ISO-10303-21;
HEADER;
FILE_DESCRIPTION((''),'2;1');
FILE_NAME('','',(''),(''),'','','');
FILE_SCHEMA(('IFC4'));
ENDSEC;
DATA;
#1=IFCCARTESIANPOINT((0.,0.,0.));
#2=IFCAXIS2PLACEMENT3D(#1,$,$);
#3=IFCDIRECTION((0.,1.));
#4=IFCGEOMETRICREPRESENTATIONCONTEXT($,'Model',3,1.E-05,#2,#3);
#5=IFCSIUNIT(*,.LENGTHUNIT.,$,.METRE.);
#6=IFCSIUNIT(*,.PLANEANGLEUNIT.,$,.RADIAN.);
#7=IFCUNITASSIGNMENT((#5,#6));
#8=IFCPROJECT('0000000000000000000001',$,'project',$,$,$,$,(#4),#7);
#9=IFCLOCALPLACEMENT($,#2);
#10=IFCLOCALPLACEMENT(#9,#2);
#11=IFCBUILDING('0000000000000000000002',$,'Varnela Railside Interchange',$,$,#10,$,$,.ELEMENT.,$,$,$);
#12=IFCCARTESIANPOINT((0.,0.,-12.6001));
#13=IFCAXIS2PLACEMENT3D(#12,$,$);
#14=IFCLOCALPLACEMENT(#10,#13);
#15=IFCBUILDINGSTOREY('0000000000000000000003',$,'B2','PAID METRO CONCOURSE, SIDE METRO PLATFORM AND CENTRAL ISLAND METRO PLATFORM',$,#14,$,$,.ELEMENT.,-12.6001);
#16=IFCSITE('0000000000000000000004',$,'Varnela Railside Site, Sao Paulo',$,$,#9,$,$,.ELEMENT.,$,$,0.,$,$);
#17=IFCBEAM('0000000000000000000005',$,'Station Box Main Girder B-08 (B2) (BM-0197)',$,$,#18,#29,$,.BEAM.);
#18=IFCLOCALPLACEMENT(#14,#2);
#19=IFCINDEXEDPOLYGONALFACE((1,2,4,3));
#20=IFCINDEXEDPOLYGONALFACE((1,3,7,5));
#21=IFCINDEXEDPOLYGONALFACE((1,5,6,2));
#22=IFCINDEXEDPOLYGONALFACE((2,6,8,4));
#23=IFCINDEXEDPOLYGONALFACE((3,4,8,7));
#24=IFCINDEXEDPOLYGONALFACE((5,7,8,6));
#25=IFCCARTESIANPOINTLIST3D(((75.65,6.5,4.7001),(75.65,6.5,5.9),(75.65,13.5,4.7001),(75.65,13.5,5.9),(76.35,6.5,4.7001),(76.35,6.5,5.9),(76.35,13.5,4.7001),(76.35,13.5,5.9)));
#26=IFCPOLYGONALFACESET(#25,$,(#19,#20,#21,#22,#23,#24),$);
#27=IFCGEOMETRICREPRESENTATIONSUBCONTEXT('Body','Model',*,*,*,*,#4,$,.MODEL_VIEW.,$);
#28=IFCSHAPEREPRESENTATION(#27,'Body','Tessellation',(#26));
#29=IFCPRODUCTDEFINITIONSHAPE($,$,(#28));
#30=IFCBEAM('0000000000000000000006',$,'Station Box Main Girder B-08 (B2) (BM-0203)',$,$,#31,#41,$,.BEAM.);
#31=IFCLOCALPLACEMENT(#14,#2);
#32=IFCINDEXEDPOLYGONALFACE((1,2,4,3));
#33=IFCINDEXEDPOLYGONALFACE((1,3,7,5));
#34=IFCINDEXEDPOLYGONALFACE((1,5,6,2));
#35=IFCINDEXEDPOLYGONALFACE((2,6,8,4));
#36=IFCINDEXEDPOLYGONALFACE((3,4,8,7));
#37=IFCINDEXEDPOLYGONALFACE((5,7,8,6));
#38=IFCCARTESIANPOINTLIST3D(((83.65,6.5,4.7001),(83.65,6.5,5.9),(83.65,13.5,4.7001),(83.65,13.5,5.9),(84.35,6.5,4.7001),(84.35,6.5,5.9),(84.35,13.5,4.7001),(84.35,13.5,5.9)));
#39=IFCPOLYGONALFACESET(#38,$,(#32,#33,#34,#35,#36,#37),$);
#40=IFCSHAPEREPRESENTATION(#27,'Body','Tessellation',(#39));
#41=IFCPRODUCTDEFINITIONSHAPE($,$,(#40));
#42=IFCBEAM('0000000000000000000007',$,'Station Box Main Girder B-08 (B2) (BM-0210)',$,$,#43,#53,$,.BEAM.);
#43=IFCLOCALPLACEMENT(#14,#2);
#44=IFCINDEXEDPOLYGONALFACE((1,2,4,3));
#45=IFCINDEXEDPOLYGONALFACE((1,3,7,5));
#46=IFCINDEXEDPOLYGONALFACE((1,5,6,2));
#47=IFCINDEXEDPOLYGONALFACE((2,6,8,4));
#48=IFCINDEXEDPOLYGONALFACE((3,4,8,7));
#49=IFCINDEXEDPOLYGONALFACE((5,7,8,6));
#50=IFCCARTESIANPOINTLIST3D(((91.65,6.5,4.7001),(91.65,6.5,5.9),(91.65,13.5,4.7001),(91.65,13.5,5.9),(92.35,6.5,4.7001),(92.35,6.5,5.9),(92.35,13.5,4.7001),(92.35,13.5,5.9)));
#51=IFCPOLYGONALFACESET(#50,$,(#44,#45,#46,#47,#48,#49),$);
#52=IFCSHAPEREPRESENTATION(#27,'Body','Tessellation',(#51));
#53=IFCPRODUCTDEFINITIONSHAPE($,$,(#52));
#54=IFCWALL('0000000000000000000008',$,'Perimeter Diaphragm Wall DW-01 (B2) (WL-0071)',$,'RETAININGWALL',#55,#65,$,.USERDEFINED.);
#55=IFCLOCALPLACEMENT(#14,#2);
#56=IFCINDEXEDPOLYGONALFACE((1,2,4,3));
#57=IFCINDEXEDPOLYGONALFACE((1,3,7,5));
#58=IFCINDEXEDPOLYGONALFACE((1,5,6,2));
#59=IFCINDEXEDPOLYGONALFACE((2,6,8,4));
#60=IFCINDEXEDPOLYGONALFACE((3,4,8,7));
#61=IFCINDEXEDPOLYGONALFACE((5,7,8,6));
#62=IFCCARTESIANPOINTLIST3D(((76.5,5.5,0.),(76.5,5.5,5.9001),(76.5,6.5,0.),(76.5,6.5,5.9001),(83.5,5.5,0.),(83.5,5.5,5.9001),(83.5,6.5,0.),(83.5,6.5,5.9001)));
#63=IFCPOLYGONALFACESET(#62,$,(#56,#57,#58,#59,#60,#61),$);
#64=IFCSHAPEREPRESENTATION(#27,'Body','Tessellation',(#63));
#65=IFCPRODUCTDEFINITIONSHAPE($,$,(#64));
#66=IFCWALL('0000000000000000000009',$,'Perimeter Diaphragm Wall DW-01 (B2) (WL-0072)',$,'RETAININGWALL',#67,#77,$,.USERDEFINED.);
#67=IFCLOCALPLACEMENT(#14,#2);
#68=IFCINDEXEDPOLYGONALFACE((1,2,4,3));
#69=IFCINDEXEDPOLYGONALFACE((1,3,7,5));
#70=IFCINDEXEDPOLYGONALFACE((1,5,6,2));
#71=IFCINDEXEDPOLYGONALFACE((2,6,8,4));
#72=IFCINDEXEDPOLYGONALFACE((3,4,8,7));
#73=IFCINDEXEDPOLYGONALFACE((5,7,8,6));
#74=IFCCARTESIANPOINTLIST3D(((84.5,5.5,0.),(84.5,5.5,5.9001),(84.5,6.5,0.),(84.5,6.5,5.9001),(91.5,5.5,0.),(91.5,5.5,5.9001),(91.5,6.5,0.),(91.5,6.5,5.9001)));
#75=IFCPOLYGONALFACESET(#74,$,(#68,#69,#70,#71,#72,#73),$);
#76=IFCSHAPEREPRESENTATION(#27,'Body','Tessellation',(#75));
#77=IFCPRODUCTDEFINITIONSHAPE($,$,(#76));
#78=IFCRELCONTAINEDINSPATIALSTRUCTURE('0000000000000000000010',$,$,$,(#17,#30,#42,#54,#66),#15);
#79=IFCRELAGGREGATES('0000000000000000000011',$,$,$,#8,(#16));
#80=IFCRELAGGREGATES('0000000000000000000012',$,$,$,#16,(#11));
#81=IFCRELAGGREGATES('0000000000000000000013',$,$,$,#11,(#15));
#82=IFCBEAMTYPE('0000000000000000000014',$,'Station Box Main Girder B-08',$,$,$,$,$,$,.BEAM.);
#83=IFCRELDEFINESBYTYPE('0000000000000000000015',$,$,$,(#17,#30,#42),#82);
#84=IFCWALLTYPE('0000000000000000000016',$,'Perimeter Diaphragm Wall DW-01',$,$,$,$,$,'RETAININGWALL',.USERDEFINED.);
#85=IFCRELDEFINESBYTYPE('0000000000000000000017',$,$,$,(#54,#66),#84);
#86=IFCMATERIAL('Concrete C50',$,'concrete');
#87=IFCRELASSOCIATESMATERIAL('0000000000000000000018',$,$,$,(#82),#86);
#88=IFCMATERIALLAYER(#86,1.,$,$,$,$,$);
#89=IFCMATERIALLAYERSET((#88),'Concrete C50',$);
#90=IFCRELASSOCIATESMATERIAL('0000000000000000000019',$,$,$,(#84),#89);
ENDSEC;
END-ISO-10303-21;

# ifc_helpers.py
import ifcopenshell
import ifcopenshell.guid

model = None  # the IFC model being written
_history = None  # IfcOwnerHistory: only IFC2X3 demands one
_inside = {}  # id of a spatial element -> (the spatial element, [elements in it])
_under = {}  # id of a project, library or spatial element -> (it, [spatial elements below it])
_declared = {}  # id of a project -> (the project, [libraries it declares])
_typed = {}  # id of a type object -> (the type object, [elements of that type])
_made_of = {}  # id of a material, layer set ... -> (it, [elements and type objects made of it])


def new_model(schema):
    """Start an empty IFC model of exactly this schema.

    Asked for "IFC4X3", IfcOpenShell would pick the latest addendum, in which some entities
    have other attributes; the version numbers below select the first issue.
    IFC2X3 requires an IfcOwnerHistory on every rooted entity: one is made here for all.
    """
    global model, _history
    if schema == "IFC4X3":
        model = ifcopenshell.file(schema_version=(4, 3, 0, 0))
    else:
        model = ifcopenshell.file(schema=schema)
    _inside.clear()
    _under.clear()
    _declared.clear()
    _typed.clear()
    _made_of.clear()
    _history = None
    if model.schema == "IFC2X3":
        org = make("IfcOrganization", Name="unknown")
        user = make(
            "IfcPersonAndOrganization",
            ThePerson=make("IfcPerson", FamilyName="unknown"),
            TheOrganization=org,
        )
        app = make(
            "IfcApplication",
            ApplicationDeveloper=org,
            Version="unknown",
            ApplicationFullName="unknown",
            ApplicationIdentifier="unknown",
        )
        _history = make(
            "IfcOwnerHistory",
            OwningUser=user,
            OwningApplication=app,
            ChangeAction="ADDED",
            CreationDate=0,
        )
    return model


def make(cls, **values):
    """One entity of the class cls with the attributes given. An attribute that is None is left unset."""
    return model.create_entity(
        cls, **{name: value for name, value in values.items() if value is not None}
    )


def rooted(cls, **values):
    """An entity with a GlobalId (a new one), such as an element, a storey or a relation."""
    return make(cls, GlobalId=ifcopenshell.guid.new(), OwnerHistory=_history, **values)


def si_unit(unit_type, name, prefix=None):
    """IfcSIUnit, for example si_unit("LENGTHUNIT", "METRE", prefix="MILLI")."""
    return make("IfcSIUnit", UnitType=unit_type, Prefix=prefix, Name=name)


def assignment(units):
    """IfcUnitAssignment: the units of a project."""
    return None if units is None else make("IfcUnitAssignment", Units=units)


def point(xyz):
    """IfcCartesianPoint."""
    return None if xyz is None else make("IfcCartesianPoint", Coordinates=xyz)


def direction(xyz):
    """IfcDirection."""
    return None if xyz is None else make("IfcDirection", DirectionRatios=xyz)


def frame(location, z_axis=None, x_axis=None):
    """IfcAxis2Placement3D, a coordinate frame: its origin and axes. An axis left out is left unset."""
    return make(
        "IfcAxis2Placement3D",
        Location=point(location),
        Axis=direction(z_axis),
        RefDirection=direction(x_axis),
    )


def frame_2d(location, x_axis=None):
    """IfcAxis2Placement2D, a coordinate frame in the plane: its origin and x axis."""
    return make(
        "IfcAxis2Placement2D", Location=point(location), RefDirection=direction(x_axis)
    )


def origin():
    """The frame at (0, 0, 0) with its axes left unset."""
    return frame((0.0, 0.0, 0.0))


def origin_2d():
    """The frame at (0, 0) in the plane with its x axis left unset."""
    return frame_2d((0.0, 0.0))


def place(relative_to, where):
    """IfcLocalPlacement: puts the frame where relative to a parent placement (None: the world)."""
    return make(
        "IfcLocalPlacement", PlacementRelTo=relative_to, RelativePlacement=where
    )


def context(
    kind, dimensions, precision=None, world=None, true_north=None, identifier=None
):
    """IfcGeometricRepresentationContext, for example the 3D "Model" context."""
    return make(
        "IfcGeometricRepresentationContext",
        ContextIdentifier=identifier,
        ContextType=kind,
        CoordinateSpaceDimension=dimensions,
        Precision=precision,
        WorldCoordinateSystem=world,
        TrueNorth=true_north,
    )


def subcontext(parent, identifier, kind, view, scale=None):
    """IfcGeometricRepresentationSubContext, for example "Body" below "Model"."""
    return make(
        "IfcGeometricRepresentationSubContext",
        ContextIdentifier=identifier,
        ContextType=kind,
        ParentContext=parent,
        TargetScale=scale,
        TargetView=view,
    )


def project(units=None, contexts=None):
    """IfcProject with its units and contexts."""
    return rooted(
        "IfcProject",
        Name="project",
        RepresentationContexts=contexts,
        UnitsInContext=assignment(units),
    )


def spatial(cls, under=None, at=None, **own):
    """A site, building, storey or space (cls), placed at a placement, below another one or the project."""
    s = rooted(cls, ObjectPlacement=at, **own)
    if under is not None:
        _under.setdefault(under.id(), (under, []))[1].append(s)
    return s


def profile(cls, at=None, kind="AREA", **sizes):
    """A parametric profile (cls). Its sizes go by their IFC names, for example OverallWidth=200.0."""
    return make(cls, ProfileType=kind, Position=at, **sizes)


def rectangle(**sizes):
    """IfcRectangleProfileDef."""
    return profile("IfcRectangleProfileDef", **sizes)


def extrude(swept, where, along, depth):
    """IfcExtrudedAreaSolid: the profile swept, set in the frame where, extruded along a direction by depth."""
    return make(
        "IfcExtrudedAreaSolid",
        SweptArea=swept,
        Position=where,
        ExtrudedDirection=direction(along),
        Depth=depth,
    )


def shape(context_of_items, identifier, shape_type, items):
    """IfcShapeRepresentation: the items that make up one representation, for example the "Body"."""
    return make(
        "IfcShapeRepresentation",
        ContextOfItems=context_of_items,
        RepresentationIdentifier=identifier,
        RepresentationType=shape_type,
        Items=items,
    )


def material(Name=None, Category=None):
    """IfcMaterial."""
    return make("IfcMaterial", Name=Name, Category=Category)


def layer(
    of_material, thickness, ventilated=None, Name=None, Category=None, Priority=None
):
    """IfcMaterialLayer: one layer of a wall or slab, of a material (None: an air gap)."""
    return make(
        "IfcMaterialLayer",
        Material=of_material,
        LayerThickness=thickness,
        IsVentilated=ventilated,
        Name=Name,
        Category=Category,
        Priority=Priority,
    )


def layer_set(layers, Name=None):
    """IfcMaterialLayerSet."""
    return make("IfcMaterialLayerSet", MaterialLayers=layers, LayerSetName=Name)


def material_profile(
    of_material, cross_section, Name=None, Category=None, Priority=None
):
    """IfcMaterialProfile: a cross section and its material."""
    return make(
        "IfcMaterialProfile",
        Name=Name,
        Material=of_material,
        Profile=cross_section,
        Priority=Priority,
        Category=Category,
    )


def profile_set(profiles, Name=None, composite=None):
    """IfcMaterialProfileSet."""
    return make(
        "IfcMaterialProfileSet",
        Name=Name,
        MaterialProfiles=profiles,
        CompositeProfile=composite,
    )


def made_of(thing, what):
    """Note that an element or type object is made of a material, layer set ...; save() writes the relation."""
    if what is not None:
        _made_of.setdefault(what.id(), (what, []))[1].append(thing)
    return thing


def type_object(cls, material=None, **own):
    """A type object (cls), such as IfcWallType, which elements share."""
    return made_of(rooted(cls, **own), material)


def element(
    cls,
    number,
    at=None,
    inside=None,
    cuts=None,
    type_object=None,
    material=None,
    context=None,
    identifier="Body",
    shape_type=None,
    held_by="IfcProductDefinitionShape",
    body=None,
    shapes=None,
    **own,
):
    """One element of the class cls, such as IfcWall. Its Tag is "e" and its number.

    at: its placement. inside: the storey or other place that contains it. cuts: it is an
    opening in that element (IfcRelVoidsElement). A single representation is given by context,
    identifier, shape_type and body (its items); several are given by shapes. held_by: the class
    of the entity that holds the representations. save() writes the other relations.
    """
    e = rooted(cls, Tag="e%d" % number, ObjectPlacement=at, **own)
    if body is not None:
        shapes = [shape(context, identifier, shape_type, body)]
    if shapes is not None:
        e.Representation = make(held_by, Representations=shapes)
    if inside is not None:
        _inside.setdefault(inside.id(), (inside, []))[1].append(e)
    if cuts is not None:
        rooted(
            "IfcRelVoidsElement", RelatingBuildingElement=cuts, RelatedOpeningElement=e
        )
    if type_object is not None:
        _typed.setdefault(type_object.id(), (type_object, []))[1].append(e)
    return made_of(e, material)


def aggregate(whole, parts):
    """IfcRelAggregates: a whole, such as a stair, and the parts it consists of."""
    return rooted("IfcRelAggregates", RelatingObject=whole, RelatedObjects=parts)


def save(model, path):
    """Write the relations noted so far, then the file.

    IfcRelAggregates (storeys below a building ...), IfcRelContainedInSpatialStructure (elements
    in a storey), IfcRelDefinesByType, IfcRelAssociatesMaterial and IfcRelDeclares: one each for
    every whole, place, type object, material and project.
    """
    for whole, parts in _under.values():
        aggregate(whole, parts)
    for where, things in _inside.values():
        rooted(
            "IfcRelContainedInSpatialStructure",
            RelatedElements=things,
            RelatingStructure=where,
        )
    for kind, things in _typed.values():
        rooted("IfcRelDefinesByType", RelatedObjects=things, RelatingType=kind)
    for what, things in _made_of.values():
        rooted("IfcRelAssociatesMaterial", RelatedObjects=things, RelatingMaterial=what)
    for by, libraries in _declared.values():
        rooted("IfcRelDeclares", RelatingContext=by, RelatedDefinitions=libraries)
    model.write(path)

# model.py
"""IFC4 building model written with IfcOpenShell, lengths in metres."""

from ifc_helpers import new_model, si_unit, direction, frame, frame_2d, origin, origin_2d, place, context, subcontext, project, spatial, rectangle, extrude, material, layer, layer_set, material_profile, profile_set, type_object, element, save


model = new_model("IFC4")

# Units and contexts
model_context = context("Model", 3, precision=1e-05, world=origin(), true_north=direction((0.0, 1.0)))
body_context = subcontext(model_context, "Body", "Model", "MODEL_VIEW")
ifc_project = project(units=[si_unit("LENGTHUNIT", "METRE"), si_unit("PLANEANGLEUNIT", "RADIAN")], contexts=[model_context])

# Site, building, storey
site_placement = place(None, origin())
site = spatial("IfcSite", under=ifc_project, at=site_placement, Name="Varnela Railside Site, Sao Paulo", CompositionType="ELEMENT", RefElevation=0.0)
building_placement = place(site_placement, origin())
building = spatial("IfcBuilding", under=site, at=building_placement, Name="Varnela Railside Interchange", CompositionType="ELEMENT")
storey_placement = place(building_placement, frame((0.0, 0.0, -12.6001)))
storey = spatial("IfcBuildingStorey", under=building, at=storey_placement, Name="B2", Description="PAID METRO CONCOURSE, SIDE METRO PLATFORM AND CENTRAL ISLAND METRO PLATFORM", CompositionType="ELEMENT", Elevation=-12.6001)

# Shared definitions
ifc_material_1 = material(Name="Concrete C50", Category="concrete")

# Beams
ifc_material_profile_1 = material_profile(ifc_material_1, rectangle(XDim=0.7, YDim=1.2, at=origin_2d()), Name="RC 700x1200")
ifc_profile_set_1 = profile_set([ifc_material_profile_1], Name="Concrete C50")
beam_type_1 = type_object("IfcBeamType", Name="Station Box Main Girder B-08", PredefinedType="BEAM", material=ifc_profile_set_1)
for number, where, z_axis, x_axis, name in (
    (1, (76.0, 6.5, 5.3), (0.0, 1.0, 0.0), (-1.0, 0.0, 0.0), "Station Box Main Girder B-08 (B2) (BM-0197)"),
    (2, (84.0, 6.5, 5.3), (0.0, 1.0, 0.0), (-1.0, 0.0, 0.0), "Station Box Main Girder B-08 (B2) (BM-0203)"),
    (3, (92.0, 6.5, 5.3), (0.0, 1.0, 0.0), (-1.0, 0.0, 0.0), "Station Box Main Girder B-08 (B2) (BM-0210)"),
):
    element("IfcBeam", number, at=place(storey_placement, frame(where, z_axis=z_axis, x_axis=x_axis)), inside=storey, type_object=beam_type_1, Name=name, PredefinedType="BEAM", context=body_context, shape_type="SweptSolid", body=[
        extrude(rectangle(XDim=0.7, YDim=1.2, at=origin_2d()), origin(), (0.0, 0.0, 1.0), 7.0),
    ])

# Walls
ifc_layer = layer(ifc_material_1, 1.0)
ifc_layer_set = layer_set([ifc_layer], Name="Concrete C50")
wall_type = type_object("IfcWallType", Name="Perimeter Diaphragm Wall DW-01", ElementType="RETAININGWALL", PredefinedType="USERDEFINED", material=ifc_layer_set)
for number, where, z_axis, x_axis, name in (
    (4, (76.5, 6.0, 0.0), (0.0, 0.0, 1.0), (1.0, 0.0, 0.0), "Perimeter Diaphragm Wall DW-01 (B2) (WL-0071)"),
    (5, (84.5, 6.0, 0.0), (0.0, 0.0, 1.0), (1.0, 0.0, 0.0), "Perimeter Diaphragm Wall DW-01 (B2) (WL-0072)"),
):
    element("IfcWall", number, at=place(storey_placement, frame(where, z_axis=z_axis, x_axis=x_axis)), inside=storey, type_object=wall_type, Name=name, ObjectType="RETAININGWALL", PredefinedType="USERDEFINED", context=body_context, shape_type="SweptSolid", body=[
        extrude(rectangle(XDim=7.0, YDim=1.0, at=frame_2d((3.5, 0.0))), origin(), (0.0, 0.0, 1.0), 5.9001),
    ])

save(model, "model.ifc")
